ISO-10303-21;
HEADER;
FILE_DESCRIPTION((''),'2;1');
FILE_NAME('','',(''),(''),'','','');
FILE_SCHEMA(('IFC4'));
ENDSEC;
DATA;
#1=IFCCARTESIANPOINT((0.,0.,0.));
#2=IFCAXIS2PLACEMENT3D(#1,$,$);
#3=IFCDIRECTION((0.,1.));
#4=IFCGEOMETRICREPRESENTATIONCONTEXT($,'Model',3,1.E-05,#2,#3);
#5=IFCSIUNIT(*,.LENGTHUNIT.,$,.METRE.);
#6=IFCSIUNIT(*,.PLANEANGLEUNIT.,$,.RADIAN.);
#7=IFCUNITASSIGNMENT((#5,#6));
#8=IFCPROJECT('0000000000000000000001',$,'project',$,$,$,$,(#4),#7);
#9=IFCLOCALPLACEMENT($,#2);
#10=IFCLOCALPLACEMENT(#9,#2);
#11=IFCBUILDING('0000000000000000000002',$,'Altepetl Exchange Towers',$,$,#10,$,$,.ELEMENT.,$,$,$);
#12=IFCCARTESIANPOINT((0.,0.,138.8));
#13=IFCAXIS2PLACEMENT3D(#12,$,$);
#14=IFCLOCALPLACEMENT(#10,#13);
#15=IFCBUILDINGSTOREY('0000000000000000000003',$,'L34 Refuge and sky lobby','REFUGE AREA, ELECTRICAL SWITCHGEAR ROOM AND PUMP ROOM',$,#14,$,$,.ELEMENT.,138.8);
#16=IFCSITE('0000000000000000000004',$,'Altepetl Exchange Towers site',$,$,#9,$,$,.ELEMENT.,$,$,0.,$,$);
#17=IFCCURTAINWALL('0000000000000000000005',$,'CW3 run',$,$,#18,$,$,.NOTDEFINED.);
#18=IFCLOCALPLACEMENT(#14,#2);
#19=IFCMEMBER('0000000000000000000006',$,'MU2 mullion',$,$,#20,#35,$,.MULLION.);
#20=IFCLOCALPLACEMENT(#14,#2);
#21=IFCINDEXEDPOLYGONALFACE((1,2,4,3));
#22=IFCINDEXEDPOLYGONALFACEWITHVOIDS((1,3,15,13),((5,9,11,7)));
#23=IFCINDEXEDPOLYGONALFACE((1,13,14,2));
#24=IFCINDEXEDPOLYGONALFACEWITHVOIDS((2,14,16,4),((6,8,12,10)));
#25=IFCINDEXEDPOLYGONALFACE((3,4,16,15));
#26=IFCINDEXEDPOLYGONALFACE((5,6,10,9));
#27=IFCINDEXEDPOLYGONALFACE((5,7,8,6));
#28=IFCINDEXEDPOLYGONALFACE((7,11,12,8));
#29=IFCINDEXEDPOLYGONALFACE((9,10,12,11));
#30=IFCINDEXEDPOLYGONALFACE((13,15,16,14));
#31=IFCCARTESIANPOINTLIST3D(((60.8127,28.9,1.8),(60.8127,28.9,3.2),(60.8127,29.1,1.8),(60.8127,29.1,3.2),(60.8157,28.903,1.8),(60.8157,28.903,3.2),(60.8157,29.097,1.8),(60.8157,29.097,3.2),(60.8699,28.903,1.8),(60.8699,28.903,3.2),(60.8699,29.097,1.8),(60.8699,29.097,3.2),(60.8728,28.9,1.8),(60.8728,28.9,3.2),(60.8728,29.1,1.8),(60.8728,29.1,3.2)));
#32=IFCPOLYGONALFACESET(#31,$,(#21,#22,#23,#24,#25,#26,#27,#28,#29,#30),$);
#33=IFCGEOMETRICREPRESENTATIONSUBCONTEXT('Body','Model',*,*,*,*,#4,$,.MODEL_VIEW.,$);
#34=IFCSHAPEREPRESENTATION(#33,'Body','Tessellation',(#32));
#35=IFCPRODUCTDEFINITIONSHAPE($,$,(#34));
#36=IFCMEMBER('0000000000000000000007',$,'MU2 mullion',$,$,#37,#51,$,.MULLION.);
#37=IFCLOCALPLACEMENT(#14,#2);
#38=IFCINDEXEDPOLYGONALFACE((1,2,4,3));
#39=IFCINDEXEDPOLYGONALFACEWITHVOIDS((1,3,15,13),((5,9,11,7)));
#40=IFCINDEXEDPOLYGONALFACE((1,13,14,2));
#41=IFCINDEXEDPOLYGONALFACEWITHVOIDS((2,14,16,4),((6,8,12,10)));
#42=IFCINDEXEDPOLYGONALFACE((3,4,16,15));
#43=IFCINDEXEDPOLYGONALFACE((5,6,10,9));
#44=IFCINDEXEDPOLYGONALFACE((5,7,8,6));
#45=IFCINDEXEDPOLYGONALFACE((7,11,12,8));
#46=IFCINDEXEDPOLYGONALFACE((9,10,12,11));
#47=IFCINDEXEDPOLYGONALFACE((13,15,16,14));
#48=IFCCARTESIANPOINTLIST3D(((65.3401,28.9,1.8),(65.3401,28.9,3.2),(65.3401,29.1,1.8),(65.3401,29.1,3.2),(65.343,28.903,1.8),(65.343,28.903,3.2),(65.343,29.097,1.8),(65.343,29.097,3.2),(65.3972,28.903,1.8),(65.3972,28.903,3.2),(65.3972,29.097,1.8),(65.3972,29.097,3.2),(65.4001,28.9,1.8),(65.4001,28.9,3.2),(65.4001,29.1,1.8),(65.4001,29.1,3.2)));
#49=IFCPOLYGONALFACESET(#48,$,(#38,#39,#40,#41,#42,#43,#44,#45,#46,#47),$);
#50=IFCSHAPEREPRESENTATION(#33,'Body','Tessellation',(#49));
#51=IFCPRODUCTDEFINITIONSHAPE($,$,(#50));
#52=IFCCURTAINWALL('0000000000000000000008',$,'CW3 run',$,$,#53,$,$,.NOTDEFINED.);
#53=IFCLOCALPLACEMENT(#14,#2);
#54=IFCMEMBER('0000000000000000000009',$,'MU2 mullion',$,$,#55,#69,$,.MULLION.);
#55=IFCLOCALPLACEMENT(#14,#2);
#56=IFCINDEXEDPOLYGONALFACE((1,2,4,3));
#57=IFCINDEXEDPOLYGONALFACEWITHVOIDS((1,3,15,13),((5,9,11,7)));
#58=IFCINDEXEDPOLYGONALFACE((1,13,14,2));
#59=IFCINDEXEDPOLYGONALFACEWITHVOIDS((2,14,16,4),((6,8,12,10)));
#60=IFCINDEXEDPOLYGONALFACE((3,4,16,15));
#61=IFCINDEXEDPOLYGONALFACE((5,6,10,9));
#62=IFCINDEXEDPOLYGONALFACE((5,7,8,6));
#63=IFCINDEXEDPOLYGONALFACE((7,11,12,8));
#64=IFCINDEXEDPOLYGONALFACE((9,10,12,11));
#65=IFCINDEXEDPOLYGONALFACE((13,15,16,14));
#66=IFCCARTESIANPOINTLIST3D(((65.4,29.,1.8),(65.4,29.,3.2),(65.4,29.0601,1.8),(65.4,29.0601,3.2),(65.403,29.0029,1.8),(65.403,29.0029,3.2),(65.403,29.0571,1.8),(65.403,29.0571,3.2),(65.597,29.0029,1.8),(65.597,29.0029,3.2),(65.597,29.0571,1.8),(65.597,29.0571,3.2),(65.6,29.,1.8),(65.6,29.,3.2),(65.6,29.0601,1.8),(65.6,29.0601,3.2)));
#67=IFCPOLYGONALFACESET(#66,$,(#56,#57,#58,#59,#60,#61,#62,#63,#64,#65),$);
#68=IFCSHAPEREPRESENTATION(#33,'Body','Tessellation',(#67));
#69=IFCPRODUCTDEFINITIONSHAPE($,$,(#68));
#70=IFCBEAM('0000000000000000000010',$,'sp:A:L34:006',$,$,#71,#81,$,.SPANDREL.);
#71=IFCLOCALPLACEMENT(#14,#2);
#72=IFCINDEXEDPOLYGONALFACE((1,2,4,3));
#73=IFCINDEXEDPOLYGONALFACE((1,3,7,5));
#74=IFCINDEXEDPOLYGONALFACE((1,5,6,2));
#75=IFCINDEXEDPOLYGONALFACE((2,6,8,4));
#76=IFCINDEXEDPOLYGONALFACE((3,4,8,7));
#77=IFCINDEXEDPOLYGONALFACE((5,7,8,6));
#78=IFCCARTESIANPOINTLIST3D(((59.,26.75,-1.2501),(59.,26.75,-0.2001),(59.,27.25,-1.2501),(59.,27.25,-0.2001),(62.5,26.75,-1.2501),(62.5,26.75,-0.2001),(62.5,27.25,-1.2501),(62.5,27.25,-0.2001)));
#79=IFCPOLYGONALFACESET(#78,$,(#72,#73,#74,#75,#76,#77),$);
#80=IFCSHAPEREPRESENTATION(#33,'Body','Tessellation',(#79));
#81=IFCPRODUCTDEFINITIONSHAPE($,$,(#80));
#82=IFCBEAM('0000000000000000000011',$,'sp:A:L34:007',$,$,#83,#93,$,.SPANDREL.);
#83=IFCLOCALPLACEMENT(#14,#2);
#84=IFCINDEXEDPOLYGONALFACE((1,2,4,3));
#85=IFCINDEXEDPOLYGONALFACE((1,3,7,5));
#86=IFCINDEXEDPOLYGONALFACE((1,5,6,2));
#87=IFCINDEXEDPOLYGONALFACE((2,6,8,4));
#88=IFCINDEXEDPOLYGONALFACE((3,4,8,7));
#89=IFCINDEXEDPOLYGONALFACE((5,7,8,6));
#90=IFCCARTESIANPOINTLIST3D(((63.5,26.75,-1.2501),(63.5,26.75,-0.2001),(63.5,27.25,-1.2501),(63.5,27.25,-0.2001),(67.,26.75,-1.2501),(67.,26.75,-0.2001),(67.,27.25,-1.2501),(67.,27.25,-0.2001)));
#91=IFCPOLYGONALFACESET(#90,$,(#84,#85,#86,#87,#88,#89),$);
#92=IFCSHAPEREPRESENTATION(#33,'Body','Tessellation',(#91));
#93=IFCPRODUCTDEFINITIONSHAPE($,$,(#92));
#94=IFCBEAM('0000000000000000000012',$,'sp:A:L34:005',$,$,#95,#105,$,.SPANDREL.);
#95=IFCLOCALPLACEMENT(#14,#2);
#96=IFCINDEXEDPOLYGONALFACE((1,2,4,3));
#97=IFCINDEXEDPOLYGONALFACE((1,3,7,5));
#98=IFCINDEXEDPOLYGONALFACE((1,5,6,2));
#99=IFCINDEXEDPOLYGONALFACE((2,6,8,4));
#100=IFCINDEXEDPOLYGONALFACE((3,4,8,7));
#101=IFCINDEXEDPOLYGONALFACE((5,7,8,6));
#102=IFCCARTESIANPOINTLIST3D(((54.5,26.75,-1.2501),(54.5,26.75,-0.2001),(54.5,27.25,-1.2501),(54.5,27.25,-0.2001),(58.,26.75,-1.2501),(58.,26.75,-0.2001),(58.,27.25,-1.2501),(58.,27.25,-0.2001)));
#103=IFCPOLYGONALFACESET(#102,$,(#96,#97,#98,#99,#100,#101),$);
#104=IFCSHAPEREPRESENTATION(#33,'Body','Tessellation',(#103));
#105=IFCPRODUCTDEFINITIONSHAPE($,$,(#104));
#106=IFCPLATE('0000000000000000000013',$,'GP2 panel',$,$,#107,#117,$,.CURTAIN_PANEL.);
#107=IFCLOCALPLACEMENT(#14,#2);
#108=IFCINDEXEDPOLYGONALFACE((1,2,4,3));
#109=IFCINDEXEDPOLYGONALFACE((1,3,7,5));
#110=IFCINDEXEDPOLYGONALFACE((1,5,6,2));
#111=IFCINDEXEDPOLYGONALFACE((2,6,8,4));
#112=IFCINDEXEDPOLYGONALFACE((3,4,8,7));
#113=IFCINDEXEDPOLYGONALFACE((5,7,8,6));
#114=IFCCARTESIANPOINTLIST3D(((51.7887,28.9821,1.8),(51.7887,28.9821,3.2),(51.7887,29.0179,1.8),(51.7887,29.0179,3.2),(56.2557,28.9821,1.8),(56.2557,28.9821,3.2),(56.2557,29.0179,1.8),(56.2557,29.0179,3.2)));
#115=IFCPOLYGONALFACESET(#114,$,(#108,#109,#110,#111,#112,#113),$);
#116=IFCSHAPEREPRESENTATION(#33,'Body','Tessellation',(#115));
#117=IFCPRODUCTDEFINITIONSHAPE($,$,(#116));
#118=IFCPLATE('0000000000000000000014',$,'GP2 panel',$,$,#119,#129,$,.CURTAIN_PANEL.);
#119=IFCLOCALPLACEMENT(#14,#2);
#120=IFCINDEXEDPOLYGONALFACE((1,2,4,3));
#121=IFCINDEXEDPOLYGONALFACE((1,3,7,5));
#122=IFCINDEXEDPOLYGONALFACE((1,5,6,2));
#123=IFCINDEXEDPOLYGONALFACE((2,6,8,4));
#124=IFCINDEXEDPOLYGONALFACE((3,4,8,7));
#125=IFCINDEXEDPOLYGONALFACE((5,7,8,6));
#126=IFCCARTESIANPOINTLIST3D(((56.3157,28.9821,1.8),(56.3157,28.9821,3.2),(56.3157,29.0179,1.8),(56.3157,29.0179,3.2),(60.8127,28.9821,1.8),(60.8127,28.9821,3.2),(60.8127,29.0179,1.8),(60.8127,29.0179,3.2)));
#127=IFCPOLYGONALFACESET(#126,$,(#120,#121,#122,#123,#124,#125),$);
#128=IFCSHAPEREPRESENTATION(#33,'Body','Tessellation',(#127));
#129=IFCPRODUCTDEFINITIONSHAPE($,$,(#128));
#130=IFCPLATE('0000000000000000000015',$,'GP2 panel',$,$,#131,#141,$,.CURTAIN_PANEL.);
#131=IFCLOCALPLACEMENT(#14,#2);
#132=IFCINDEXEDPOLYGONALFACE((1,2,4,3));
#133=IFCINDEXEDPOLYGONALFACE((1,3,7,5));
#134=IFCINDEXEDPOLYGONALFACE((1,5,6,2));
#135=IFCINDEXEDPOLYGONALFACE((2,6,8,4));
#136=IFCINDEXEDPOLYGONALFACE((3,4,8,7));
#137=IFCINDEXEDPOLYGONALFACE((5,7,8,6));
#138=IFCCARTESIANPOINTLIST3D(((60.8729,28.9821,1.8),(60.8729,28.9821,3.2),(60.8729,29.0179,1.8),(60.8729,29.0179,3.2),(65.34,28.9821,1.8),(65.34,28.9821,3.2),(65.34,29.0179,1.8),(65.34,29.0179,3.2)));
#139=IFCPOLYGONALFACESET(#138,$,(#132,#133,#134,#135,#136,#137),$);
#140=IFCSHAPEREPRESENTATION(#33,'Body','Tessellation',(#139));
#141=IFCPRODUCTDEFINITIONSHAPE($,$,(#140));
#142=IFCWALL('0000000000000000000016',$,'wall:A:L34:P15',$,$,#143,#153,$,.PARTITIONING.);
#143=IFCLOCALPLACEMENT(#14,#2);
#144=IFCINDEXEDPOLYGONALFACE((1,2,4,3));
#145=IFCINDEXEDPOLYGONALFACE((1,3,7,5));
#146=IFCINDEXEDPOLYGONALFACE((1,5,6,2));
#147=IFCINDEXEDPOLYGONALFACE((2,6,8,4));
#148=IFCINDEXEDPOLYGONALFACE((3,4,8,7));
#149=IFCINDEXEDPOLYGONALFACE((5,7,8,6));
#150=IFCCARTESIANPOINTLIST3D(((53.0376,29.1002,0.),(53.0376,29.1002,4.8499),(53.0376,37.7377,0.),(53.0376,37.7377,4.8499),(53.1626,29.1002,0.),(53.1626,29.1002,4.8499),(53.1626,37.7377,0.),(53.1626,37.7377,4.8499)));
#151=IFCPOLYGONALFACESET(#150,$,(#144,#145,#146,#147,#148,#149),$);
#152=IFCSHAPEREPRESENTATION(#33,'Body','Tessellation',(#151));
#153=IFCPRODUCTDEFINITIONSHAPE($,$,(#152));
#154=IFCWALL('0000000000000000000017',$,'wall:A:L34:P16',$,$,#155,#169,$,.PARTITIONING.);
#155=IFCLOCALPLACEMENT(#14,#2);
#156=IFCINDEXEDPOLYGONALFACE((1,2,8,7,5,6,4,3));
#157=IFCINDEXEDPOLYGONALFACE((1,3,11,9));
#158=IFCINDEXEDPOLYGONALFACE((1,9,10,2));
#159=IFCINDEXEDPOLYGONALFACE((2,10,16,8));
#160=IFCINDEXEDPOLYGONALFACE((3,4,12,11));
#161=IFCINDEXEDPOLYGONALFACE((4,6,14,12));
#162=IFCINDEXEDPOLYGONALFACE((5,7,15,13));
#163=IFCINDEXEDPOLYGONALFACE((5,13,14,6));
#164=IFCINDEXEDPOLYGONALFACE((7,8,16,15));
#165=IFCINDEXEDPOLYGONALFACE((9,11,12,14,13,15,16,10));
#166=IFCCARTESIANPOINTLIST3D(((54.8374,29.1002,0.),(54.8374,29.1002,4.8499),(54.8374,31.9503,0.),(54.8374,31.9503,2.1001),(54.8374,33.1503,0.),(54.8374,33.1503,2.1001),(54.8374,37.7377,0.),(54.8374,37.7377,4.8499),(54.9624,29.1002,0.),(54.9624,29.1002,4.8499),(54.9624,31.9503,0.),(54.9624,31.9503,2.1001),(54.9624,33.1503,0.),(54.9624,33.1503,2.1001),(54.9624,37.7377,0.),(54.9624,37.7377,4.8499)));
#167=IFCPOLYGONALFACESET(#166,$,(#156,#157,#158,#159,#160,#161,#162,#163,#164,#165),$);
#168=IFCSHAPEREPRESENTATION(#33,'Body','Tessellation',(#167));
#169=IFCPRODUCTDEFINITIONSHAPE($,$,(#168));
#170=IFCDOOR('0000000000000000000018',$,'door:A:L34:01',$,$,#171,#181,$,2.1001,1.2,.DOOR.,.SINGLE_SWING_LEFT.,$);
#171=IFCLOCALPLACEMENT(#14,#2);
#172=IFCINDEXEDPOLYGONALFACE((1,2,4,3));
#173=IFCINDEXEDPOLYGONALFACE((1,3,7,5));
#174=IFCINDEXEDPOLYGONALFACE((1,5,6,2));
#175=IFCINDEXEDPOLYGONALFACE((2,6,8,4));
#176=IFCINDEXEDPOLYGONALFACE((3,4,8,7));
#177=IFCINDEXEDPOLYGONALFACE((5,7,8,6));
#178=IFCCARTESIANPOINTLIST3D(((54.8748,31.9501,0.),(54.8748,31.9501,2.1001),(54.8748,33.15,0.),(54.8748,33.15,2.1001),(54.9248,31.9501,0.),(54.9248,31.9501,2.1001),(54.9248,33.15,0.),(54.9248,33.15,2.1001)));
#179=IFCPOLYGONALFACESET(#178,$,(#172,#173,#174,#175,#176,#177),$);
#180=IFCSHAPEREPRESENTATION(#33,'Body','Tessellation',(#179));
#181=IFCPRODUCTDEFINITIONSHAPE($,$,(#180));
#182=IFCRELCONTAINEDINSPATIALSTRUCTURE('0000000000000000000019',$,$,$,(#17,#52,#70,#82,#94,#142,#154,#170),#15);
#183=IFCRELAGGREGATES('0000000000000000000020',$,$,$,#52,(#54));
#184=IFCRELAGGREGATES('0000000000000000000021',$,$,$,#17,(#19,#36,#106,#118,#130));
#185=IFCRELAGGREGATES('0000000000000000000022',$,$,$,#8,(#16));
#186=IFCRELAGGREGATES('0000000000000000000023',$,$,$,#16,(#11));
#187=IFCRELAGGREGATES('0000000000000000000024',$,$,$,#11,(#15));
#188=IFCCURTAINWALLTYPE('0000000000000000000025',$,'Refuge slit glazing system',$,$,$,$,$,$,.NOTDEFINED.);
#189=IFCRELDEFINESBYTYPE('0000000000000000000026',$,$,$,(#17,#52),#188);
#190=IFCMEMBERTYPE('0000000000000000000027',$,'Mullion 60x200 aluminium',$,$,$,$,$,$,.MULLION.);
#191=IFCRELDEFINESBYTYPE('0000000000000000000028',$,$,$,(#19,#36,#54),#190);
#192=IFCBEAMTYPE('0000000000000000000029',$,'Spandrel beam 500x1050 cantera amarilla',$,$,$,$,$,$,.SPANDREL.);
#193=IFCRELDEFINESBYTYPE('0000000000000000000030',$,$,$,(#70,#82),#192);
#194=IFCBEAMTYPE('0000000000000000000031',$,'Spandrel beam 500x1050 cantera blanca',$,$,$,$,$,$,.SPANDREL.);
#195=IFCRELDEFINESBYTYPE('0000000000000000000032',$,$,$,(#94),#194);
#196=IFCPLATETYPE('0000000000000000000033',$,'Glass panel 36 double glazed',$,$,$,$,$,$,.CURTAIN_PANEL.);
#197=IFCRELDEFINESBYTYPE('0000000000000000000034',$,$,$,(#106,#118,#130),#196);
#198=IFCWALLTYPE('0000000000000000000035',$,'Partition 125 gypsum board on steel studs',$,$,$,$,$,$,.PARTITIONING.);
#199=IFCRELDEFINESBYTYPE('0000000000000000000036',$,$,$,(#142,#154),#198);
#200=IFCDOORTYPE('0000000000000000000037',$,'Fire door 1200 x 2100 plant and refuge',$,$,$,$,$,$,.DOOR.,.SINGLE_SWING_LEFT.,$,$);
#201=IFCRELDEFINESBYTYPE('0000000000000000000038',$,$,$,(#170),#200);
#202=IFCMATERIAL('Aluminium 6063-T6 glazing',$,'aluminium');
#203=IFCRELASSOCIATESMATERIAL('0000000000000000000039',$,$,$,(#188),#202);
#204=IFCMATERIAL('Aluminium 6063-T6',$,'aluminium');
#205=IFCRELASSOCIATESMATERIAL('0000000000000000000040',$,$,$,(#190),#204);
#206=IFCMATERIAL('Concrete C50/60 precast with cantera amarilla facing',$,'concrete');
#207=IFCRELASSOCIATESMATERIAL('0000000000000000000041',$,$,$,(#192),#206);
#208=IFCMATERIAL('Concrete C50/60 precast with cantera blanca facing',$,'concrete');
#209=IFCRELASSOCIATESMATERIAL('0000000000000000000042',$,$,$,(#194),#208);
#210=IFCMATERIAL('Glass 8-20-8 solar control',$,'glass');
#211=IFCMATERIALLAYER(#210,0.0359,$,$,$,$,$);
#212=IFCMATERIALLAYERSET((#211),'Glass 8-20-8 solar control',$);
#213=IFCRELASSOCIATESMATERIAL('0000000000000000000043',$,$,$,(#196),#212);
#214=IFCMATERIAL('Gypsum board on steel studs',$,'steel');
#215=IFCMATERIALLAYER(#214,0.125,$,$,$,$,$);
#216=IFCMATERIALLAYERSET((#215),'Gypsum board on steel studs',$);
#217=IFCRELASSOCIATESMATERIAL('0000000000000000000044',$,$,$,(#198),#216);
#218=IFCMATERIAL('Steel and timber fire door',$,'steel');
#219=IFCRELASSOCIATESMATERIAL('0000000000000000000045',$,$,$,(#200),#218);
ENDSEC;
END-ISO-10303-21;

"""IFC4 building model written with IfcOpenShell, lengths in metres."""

from ifc_helpers import new_model, si_unit, direction, frame, frame_2d, origin, origin_2d, place, context, subcontext, project, spatial, rectangle, hollow_rectangle, extrude, material, layer, layer_set, material_profile, profile_set, type_object, element, fill, aggregate, save


model = new_model("IFC4")

# Units and contexts
model_context = context("Model", 3, precision=1e-05, world=origin(), true_north=direction((0.0, 1.0)))
body_context = subcontext(model_context, "Body", "Model", "MODEL_VIEW")
ifc_project = project(units=[si_unit("LENGTHUNIT", "METRE"), si_unit("PLANEANGLEUNIT", "RADIAN")], contexts=[model_context])

# Site, building, storey
site_placement = place(None, origin())
site = spatial("IfcSite", under=ifc_project, at=site_placement, Name="Altepetl Exchange Towers site", CompositionType="ELEMENT", RefElevation=0.0)
building_placement = place(site_placement, origin())
building = spatial("IfcBuilding", under=site, at=building_placement, Name="Altepetl Exchange Towers", CompositionType="ELEMENT")
storey_placement = place(building_placement, frame((0.0, 0.0, 138.8)))
storey = spatial("IfcBuildingStorey", under=building, at=storey_placement, Name="L34 Refuge and sky lobby", Description="REFUGE AREA, ELECTRICAL SWITCHGEAR ROOM AND PUMP ROOM", CompositionType="ELEMENT", Elevation=138.8)

# Curtain wall, members
ifc_material_1 = material(Name="Aluminium 6063-T6 glazing", Category="aluminium")
curtain_wall_type = type_object("IfcCurtainWallType", Name="Refuge slit glazing system", PredefinedType="NOTDEFINED", material=ifc_material_1)
curtain_wall_1_placement = place(storey_placement, origin())
curtain_wall_1 = element("IfcCurtainWall", 1, at=curtain_wall_1_placement, inside=storey, type_object=curtain_wall_type, Name="CW3 run", PredefinedType="NOTDEFINED")
ifc_material_2 = material(Name="Aluminium 6063-T6", Category="aluminium")
ifc_material_profile_1 = material_profile(ifc_material_2, hollow_rectangle(XDim=0.0601, YDim=0.2, WallThickness=0.0029, at=origin_2d()), Name="Mullion 60x200 aluminium")
ifc_profile_set_1 = profile_set([ifc_material_profile_1], Name="Aluminium 6063-T6")
member_type_1 = type_object("IfcMemberType", Name="Mullion 60x200 aluminium", PredefinedType="MULLION", material=ifc_profile_set_1)
member_1_placement = place(storey_placement, frame((60.8428, 29.0, 1.8)))
member_1 = element("IfcMember", 2, at=member_1_placement, type_object=member_type_1, Name="MU2 mullion", PredefinedType="MULLION", context=body_context, shape_type="SweptSolid", body=[
    extrude(hollow_rectangle(XDim=0.0601, YDim=0.2, WallThickness=0.0029, at=origin_2d()), origin(), (0.0, 0.0, 1.0), 1.3999),
])
member_2_placement = place(storey_placement, frame((65.3701, 29.0, 1.8)))
member_2 = element("IfcMember", 3, at=member_2_placement, type_object=member_type_1, Name="MU2 mullion", PredefinedType="MULLION", context=body_context, shape_type="SweptSolid", body=[
    extrude(hollow_rectangle(XDim=0.0601, YDim=0.2, WallThickness=0.0029, at=origin_2d()), origin(), (0.0, 0.0, 1.0), 1.3999),
])

# Curtain wall, member
curtain_wall_2_placement = place(storey_placement, origin())
curtain_wall_2 = element("IfcCurtainWall", 4, at=curtain_wall_2_placement, inside=storey, type_object=curtain_wall_type, Name="CW3 run", PredefinedType="NOTDEFINED")
member_3_placement = place(storey_placement, frame((65.5, 29.03, 1.8), z_axis=(0.0, 0.0, 1.0), x_axis=(0.0, 1.0, 0.0)))
member_3 = element("IfcMember", 5, at=member_3_placement, type_object=member_type_1, Name="MU2 mullion", PredefinedType="MULLION", context=body_context, shape_type="SweptSolid", body=[
    extrude(hollow_rectangle(XDim=0.0601, YDim=0.2, WallThickness=0.0029, at=origin_2d()), origin(), (0.0, 0.0, 1.0), 1.3999),
])
aggregate(curtain_wall_2, [member_3])

# Beams
ifc_material_3 = material(Name="Concrete C50/60 precast with cantera amarilla facing", Category="concrete")
ifc_material_profile_2 = material_profile(ifc_material_3, rectangle(XDim=0.5, YDim=1.05, at=origin_2d()), Name="500 x 1050")
ifc_profile_set_2 = profile_set([ifc_material_profile_2], Name="Concrete C50/60 precast with cantera amarilla facing")
beam_type_1 = type_object("IfcBeamType", Name="Spandrel beam 500x1050 cantera amarilla", PredefinedType="SPANDREL", material=ifc_profile_set_2)
for number, where, z_axis, x_axis, name in (
    (6, (59.0, 27.0, -0.7251), (1.0, 0.0, 0.0), (0.0, 1.0, 0.0), "sp:A:L34:006"),
    (7, (63.5, 27.0, -0.7251), (1.0, 0.0, 0.0), (0.0, 1.0, 0.0), "sp:A:L34:007"),
):
    element("IfcBeam", number, at=place(storey_placement, frame(where, z_axis=z_axis, x_axis=x_axis)), inside=storey, type_object=beam_type_1, Name=name, PredefinedType="SPANDREL", context=body_context, shape_type="SweptSolid", body=[
        extrude(rectangle(XDim=0.5, YDim=1.05, at=origin_2d()), origin(), (0.0, 0.0, 1.0), 3.5),
    ])
ifc_material_4 = material(Name="Concrete C50/60 precast with cantera blanca facing", Category="concrete")
ifc_material_profile_3 = material_profile(ifc_material_4, rectangle(XDim=0.5, YDim=1.05, at=origin_2d()), Name="500 x 1050")
ifc_profile_set_3 = profile_set([ifc_material_profile_3], Name="Concrete C50/60 precast with cantera blanca facing")
beam_type_2 = type_object("IfcBeamType", Name="Spandrel beam 500x1050 cantera blanca", PredefinedType="SPANDREL", material=ifc_profile_set_3)
beam_1_placement = place(storey_placement, frame((54.5, 27.0, -0.7251), z_axis=(1.0, 0.0, 0.0), x_axis=(0.0, 1.0, 0.0)))
element("IfcBeam", 8, at=beam_1_placement, inside=storey, type_object=beam_type_2, Name="sp:A:L34:005", PredefinedType="SPANDREL", context=body_context, shape_type="SweptSolid", body=[
    extrude(rectangle(XDim=0.5, YDim=1.05, at=origin_2d()), origin(), (0.0, 0.0, 1.0), 3.5),
])

# Plates
ifc_material_5 = material(Name="Glass 8-20-8 solar control", Category="glass")
ifc_layer_1 = layer(ifc_material_5, 0.0359)
ifc_layer_set_1 = layer_set([ifc_layer_1], Name="Glass 8-20-8 solar control")
plate_type = type_object("IfcPlateType", Name="Glass panel 36 double glazed", PredefinedType="CURTAIN_PANEL", material=ifc_layer_set_1)
plate_1_placement = place(storey_placement, frame((54.0222, 29.0, 1.8)))
plate_1 = element("IfcPlate", 9, at=plate_1_placement, type_object=plate_type, Name="GP2 panel", PredefinedType="CURTAIN_PANEL", context=body_context, shape_type="SweptSolid", body=[
    extrude(rectangle(XDim=4.467, YDim=0.0359, at=origin_2d()), origin(), (0.0, 0.0, 1.0), 1.3999),
])
plate_2_placement = place(storey_placement, frame((58.5642, 29.0, 1.8)))
plate_2 = element("IfcPlate", 10, at=plate_2_placement, type_object=plate_type, Name="GP2 panel", PredefinedType="CURTAIN_PANEL", context=body_context, shape_type="SweptSolid", body=[
    extrude(rectangle(XDim=4.4971, YDim=0.0359, at=origin_2d()), origin(), (0.0, 0.0, 1.0), 1.3999),
])
plate_3_placement = place(storey_placement, frame((63.1064, 29.0, 1.8)))
plate_3 = element("IfcPlate", 11, at=plate_3_placement, type_object=plate_type, Name="GP2 panel", PredefinedType="CURTAIN_PANEL", context=body_context, shape_type="SweptSolid", body=[
    extrude(rectangle(XDim=4.467, YDim=0.0359, at=origin_2d()), origin(), (0.0, 0.0, 1.0), 1.3999),
])
aggregate(curtain_wall_1, [member_1, member_2, plate_1, plate_2, plate_3])

# Wall
ifc_material_6 = material(Name="Gypsum board on steel studs", Category="steel")
ifc_layer_2 = layer(ifc_material_6, 0.125)
ifc_layer_set_2 = layer_set([ifc_layer_2], Name="Gypsum board on steel studs")
wall_type_1 = type_object("IfcWallType", Name="Partition 125 gypsum board on steel studs", PredefinedType="PARTITIONING", material=ifc_layer_set_2)
wall_1_placement = place(storey_placement, frame((53.1001, 29.1001, 0.0), z_axis=(0.0, 0.0, 1.0), x_axis=(0.0, 1.0, 0.0)))
element("IfcWall", 12, at=wall_1_placement, inside=storey, type_object=wall_type_1, Name="wall:A:L34:P15", PredefinedType="PARTITIONING", context=body_context, shape_type="SweptSolid", body=[
    extrude(rectangle(XDim=8.6375, YDim=0.125, at=frame_2d((4.3188, 0.0))), origin(), (0.0, 0.0, 1.0), 4.8499),
])

# Wall, opening, door
wall_2_placement = place(storey_placement, frame((54.8999, 29.1001, 0.0), z_axis=(0.0, 0.0, 1.0), x_axis=(0.0, 1.0, 0.0)))
wall_2 = element("IfcWall", 13, at=wall_2_placement, inside=storey, type_object=wall_type_1, Name="wall:A:L34:P16", PredefinedType="PARTITIONING", context=body_context, shape_type="SweptSolid", body=[
    extrude(rectangle(XDim=8.6375, YDim=0.125, at=frame_2d((4.3188, 0.0))), origin(), (0.0, 0.0, 1.0), 4.8499),
])
opening_placement = place(wall_2_placement, frame((2.8501, 0.0, 0.0)))
opening = element("IfcOpeningElement", 14, at=opening_placement, cuts=wall_2, PredefinedType="OPENING", context=body_context, shape_type="SweptSolid", body=[
    extrude(rectangle(XDim=1.2, YDim=2.1001, at=frame_2d((0.6001, 1.05))), frame((0.0, 0.0725, 0.0), z_axis=(0.0, -1.0, 0.0), x_axis=(1.0, 0.0, 0.0)), (0.0, 0.0, 1.0), 0.145),
])
ifc_material_7 = material(Name="Steel and timber fire door", Category="steel")
door_type = type_object("IfcDoorType", Name="Fire door 1200 x 2100 plant and refuge", OperationType="SINGLE_SWING_LEFT", PredefinedType="DOOR", material=ifc_material_7)
door_placement = place(opening_placement, frame((1.2, 0.0, 0.0), x_axis=(-1.0, 0.0, 0.0)))
door = element("IfcDoor", 15, at=door_placement, inside=storey, type_object=door_type, Name="door:A:L34:01", OperationType="SINGLE_SWING_LEFT", OverallHeight=2.1001, OverallWidth=1.2, PredefinedType="DOOR", context=body_context, shape_type="SweptSolid", body=[
    extrude(rectangle(XDim=1.2, YDim=2.1001, at=frame_2d((0.6001, 1.05))), frame((0.0, 0.0249, 0.0), z_axis=(0.0, -1.0, 0.0), x_axis=(1.0, 0.0, 0.0)), (0.0, 0.0, 1.0), 0.05),
])
fill(opening, door)

save(model, "model.ifc")
